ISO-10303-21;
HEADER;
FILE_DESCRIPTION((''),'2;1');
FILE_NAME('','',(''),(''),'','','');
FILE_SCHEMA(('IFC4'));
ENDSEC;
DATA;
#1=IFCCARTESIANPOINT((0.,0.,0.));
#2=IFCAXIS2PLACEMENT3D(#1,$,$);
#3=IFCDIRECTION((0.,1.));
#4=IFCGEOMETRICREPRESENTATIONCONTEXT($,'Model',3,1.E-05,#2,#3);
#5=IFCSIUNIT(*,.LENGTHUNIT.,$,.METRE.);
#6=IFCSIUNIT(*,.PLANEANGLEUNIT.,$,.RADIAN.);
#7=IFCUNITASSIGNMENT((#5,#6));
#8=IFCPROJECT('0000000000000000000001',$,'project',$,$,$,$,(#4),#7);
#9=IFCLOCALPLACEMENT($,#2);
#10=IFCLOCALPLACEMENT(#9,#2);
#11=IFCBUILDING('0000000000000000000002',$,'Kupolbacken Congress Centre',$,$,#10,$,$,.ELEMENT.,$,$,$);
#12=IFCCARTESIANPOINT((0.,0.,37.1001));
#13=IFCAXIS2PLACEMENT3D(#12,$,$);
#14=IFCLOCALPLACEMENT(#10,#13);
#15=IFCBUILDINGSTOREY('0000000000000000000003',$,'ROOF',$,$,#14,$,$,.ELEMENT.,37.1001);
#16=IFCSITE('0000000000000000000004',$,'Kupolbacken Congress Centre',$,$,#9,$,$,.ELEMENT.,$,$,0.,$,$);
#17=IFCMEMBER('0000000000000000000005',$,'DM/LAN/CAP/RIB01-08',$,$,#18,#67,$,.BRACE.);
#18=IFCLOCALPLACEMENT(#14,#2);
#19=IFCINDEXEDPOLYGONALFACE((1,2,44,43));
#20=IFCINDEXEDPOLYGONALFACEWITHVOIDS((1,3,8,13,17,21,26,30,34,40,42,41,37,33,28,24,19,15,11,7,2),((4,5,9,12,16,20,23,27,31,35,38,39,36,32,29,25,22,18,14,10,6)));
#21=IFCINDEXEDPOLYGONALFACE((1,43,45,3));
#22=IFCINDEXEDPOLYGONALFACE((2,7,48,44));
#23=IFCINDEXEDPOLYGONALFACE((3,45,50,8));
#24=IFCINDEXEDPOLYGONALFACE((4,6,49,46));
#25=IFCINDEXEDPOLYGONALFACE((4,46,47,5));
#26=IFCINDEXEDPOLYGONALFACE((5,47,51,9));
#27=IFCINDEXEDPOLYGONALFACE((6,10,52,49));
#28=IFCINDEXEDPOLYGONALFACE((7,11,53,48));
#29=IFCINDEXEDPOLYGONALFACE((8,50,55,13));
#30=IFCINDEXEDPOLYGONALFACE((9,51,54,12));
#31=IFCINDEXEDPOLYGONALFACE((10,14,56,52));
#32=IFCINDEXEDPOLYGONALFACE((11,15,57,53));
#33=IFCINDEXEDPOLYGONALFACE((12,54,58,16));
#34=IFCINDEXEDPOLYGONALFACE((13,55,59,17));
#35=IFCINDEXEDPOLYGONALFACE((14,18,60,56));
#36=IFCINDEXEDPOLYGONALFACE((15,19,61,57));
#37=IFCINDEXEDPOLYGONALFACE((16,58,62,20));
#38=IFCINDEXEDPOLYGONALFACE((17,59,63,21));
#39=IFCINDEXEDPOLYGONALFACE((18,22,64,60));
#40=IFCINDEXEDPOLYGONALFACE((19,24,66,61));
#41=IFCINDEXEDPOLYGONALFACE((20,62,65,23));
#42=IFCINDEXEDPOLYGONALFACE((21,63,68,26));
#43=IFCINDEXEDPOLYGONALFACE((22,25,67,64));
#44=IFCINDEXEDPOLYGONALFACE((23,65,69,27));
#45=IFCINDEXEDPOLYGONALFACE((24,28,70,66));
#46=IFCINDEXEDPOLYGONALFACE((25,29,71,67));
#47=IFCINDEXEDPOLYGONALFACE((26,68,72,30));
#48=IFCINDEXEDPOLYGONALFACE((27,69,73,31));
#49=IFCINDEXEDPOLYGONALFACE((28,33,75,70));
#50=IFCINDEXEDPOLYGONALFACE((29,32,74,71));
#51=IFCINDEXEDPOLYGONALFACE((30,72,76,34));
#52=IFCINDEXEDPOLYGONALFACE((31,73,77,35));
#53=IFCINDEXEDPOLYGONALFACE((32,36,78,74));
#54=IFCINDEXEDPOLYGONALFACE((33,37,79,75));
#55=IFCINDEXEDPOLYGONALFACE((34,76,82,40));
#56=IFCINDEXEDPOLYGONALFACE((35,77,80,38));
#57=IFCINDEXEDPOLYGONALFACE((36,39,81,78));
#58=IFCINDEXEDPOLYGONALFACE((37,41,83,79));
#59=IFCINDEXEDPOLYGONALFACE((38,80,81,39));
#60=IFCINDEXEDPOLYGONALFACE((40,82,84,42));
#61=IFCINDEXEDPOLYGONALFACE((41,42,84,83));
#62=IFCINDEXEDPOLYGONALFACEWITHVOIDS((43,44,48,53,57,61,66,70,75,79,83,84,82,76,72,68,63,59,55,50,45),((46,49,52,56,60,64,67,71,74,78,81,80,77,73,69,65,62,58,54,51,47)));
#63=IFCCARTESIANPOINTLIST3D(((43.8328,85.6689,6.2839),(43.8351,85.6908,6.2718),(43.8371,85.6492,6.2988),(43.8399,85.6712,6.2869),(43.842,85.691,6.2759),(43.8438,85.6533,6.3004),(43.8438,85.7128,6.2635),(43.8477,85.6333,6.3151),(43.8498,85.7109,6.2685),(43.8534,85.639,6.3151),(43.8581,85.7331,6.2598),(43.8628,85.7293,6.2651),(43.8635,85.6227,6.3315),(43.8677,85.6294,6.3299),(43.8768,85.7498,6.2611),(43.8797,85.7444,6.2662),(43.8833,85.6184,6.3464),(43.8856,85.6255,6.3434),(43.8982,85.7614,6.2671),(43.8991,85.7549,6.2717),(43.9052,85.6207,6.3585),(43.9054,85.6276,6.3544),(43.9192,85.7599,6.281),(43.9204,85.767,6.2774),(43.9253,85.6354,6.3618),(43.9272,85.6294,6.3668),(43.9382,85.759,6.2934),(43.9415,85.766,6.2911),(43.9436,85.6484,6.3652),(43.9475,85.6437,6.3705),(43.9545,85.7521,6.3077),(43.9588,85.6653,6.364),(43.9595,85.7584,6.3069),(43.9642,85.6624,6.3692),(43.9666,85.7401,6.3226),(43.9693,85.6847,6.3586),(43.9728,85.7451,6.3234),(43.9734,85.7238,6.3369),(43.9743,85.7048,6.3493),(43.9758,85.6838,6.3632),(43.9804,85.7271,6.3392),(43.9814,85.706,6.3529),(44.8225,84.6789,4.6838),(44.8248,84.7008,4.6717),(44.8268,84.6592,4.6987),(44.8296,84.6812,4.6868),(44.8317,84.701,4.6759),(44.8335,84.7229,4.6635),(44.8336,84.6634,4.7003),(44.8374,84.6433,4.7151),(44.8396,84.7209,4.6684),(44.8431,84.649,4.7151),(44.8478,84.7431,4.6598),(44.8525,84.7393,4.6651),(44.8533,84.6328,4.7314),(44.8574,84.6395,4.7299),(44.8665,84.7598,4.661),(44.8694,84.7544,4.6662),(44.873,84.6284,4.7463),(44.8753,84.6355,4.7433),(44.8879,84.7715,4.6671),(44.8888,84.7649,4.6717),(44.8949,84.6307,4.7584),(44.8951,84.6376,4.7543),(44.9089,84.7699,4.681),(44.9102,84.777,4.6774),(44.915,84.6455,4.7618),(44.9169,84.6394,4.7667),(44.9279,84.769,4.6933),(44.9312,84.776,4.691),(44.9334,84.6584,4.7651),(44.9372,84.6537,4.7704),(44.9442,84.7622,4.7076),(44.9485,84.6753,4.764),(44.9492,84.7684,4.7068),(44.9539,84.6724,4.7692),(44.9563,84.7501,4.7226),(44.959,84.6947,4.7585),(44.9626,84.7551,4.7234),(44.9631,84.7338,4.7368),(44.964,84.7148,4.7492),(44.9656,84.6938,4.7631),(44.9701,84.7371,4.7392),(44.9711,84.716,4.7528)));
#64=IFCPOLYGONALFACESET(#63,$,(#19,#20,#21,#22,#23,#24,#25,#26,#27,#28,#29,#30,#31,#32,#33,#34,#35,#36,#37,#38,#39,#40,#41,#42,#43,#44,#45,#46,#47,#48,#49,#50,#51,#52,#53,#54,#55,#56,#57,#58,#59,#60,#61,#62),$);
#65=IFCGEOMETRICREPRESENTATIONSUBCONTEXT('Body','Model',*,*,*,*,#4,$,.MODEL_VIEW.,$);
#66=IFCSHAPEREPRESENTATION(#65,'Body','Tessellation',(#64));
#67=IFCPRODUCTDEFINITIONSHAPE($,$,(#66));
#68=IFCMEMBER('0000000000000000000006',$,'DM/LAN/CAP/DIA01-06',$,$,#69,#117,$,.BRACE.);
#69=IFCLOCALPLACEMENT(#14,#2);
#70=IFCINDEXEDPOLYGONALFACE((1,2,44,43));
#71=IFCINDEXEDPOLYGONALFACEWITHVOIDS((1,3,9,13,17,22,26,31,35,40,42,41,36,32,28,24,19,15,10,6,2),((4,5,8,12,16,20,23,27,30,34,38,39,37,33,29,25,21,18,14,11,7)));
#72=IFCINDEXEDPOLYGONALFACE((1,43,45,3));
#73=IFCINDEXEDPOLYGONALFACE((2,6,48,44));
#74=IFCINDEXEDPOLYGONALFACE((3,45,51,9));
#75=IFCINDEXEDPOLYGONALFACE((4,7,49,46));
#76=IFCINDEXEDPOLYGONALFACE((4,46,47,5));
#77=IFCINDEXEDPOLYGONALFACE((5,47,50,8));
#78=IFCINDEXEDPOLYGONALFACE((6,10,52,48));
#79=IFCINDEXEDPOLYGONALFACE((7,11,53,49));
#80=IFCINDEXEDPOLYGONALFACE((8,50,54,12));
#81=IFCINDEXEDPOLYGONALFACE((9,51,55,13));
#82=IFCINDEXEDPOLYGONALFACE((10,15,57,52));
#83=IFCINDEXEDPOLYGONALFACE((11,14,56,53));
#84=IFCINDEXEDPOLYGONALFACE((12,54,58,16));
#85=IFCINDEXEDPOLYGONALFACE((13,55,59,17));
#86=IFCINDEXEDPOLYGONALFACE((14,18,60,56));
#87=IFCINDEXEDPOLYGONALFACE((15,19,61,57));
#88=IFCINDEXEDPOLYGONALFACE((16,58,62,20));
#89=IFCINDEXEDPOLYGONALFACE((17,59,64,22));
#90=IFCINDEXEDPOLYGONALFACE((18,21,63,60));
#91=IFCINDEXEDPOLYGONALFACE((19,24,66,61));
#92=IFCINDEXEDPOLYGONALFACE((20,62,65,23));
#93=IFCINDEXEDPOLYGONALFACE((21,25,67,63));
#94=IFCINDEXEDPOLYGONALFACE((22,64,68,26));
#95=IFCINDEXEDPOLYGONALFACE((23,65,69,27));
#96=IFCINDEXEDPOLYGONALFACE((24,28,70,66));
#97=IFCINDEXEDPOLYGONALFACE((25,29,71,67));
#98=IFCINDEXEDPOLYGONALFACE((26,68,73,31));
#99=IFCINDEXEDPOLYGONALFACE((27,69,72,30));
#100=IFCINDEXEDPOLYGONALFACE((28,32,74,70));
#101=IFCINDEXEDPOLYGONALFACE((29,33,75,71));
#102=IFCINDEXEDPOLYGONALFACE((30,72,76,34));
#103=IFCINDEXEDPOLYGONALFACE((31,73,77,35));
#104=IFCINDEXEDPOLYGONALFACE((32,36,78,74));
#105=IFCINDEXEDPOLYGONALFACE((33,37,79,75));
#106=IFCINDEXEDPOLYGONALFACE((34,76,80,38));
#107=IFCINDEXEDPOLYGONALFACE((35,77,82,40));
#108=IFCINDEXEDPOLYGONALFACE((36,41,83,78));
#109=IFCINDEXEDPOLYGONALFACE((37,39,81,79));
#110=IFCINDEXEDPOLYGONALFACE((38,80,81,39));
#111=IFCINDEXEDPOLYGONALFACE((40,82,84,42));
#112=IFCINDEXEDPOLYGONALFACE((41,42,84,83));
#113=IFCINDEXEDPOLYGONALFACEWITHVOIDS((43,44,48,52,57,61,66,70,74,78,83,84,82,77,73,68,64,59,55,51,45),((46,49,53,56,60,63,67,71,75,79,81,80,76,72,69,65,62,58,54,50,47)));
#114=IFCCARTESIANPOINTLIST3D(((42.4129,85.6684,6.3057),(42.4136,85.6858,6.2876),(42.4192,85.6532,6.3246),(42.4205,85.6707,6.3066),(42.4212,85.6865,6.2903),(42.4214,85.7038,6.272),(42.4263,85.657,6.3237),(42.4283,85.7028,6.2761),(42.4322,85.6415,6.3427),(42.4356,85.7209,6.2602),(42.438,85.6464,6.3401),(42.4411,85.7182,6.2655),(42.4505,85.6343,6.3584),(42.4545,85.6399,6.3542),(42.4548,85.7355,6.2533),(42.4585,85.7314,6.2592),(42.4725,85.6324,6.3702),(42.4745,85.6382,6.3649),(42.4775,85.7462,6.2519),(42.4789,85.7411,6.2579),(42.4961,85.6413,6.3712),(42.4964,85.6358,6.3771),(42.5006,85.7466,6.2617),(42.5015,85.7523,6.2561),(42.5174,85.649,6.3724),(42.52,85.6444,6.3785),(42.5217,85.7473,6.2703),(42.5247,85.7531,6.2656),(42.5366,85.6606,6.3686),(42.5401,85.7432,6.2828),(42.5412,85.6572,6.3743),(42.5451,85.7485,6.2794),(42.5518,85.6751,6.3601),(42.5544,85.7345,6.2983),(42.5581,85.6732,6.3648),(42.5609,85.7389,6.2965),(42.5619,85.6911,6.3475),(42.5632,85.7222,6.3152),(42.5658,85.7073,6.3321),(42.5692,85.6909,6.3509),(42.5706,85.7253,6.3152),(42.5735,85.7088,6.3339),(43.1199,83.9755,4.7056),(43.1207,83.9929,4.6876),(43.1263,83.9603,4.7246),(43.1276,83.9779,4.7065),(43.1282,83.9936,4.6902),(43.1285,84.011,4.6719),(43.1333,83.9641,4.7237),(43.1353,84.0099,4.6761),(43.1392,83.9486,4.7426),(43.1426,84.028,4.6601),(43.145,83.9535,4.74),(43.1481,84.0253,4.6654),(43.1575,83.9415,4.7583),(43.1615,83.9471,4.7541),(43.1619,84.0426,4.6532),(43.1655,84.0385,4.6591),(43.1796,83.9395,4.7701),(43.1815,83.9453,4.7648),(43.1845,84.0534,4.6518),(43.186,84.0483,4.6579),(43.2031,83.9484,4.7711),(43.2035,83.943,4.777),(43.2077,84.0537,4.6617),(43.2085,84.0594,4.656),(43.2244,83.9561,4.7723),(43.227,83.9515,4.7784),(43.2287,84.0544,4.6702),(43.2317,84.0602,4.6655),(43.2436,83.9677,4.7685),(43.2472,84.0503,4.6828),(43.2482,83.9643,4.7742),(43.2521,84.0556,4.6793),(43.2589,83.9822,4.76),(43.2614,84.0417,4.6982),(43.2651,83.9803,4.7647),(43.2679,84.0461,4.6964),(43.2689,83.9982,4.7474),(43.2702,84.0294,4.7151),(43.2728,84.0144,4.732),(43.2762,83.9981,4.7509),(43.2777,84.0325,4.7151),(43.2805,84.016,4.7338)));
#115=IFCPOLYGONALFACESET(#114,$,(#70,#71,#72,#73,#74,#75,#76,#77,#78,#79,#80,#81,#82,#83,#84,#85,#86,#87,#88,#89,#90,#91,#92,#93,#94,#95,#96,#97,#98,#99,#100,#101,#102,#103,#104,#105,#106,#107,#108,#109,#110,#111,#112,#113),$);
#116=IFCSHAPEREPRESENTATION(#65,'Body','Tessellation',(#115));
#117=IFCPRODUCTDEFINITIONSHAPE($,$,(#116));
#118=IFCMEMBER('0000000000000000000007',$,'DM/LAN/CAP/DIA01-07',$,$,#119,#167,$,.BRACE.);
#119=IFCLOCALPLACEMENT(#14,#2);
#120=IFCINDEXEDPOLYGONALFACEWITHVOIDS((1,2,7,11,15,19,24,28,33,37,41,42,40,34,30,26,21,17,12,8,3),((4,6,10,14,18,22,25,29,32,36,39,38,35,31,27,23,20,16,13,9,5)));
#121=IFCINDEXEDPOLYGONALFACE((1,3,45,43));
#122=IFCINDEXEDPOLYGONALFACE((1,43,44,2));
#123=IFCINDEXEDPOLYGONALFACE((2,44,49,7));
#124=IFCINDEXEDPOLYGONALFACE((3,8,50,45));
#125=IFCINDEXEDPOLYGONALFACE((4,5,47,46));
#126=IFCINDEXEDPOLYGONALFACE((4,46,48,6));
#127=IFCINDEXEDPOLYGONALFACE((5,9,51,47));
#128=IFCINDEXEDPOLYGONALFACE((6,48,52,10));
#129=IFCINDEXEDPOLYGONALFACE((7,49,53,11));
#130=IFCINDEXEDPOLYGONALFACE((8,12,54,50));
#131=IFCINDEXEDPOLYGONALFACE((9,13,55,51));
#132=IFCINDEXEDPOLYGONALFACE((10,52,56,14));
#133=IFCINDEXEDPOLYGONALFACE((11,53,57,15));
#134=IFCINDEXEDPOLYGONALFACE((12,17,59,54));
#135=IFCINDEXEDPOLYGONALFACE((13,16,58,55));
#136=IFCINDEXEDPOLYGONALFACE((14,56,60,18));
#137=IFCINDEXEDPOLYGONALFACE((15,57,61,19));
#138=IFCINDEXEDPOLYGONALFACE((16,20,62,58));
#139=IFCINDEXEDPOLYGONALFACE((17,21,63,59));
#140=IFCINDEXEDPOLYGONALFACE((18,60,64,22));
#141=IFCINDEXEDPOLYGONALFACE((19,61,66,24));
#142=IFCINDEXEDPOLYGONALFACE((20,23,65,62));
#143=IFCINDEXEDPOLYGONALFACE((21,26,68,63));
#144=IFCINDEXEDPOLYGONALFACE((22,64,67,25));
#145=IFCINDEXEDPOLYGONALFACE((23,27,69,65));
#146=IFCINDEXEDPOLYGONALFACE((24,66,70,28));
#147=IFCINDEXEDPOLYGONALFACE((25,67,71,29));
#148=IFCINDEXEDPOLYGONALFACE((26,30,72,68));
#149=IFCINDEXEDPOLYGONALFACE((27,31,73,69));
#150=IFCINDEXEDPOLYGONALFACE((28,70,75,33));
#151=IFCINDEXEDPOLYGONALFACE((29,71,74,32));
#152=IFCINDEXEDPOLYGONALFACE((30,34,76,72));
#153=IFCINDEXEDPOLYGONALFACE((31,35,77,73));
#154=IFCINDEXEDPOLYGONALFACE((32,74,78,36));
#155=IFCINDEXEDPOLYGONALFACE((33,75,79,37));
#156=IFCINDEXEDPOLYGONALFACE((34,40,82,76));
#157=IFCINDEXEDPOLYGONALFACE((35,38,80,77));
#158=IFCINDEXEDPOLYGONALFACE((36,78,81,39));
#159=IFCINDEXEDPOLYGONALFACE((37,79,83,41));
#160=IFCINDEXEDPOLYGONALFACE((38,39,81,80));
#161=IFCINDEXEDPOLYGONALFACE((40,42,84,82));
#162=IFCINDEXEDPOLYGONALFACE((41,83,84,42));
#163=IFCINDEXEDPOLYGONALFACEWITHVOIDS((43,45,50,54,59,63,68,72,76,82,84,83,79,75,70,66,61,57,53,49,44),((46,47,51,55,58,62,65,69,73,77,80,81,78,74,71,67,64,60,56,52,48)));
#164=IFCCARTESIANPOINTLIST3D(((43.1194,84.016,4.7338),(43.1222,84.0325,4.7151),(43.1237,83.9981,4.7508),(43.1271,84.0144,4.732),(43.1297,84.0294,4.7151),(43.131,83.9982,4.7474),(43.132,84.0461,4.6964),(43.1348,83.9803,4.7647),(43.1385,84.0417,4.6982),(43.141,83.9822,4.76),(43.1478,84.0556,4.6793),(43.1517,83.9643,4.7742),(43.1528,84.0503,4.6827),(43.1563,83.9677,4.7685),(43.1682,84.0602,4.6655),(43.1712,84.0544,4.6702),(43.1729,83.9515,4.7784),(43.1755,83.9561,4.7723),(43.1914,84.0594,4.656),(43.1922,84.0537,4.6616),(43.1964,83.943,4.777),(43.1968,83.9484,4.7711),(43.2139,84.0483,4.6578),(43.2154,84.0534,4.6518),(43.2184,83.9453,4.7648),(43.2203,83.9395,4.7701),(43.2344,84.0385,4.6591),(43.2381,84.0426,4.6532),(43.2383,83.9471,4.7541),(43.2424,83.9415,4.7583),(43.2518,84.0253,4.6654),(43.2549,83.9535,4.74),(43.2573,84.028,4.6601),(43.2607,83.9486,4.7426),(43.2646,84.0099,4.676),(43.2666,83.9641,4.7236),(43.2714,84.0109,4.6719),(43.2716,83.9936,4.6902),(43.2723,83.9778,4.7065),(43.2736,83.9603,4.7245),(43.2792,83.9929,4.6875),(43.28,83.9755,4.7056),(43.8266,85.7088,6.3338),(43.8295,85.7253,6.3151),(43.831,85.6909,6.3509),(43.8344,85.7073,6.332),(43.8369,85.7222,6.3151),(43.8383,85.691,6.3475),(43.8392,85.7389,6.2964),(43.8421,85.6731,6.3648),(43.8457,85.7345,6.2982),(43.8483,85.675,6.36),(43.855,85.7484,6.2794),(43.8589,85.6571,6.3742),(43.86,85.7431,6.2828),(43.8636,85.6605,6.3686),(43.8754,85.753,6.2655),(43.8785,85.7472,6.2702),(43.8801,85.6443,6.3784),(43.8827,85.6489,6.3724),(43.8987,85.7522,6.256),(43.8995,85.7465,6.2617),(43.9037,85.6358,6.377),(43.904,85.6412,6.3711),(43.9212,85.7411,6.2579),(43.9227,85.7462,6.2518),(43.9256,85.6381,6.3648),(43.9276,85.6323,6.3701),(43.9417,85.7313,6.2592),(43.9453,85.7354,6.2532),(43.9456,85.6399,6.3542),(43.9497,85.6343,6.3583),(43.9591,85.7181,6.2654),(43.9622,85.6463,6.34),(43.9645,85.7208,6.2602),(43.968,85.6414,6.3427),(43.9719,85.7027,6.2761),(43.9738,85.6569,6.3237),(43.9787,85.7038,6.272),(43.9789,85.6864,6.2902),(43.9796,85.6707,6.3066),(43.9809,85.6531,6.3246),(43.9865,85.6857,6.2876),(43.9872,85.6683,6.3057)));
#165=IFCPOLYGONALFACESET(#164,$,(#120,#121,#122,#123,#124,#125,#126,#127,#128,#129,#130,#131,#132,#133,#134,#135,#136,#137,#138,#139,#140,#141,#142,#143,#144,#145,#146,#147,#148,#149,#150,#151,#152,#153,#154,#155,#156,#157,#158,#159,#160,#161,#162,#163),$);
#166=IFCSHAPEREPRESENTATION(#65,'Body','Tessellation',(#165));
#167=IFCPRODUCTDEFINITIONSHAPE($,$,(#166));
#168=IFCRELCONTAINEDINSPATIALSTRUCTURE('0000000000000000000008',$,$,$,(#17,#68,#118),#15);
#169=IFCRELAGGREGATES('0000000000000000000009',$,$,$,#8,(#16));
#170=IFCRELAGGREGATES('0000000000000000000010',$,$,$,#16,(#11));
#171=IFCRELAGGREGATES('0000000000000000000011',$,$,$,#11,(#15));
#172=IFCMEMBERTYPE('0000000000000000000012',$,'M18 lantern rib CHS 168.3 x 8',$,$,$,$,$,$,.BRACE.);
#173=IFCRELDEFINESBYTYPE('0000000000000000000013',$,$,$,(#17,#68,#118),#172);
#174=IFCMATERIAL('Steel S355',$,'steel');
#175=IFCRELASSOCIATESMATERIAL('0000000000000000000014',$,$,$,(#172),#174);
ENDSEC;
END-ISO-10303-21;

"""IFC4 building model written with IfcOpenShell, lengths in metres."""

from ifc_helpers import new_model, si_unit, direction, frame, origin, origin_2d, place, context, subcontext, project, spatial, hollow_circle, extrude, material, material_profile, profile_set, type_object, element, save


model = new_model("IFC4")

# Units and contexts
model_context = context("Model", 3, precision=1e-05, world=origin(), true_north=direction((0.0, 1.0)))
body_context = subcontext(model_context, "Body", "Model", "MODEL_VIEW")
ifc_project = project(units=[si_unit("LENGTHUNIT", "METRE"), si_unit("PLANEANGLEUNIT", "RADIAN")], contexts=[model_context])

# Site, building, storey
site_placement = place(None, origin())
site = spatial("IfcSite", under=ifc_project, at=site_placement, Name="Kupolbacken Congress Centre", CompositionType="ELEMENT", RefElevation=0.0)
building_placement = place(site_placement, origin())
building = spatial("IfcBuilding", under=site, at=building_placement, Name="Kupolbacken Congress Centre", CompositionType="ELEMENT")
storey_placement = place(building_placement, frame((0.0, 0.0, 37.1001)))
storey = spatial("IfcBuildingStorey", under=building, at=storey_placement, Name="ROOF", CompositionType="ELEMENT", Elevation=37.1001)

# Members
ifc_material_1 = material(Name="Steel S355", Category="steel")
ifc_material_profile_1 = material_profile(ifc_material_1, hollow_circle(Radius=0.0842, WallThickness=0.0081, at=origin_2d()), Name="CHS 168.3 x 8")
ifc_profile_set_1 = profile_set([ifc_material_profile_1], Name="Steel S355")
member_type_1 = type_object("IfcMemberType", Name="M18 lantern rib CHS 168.3 x 8", PredefinedType="BRACE", material=ifc_profile_set_1)
for number, where, z_axis, x_axis, name in (
    (1, (44.897, 84.7029, 4.7151), (-0.465538, 0.465653, 0.752623), (-0.707194, -0.70702, 0.0), "DM/LAN/CAP/RIB01-08"),
):
    element("IfcMember", number, at=place(storey_placement, frame(where, z_axis=z_axis, x_axis=x_axis)), inside=storey, type_object=member_type_1, Name=name, PredefinedType="BRACE", context=body_context, shape_type="SweptSolid", body=[
        extrude(hollow_circle(Radius=0.0842, WallThickness=0.0081, at=origin_2d()), origin(), (0.0, 0.0, 1.0), 2.126),
    ])
for number, where, z_axis, x_axis, name in (
    (2, (42.4929, 85.6929, 6.3152), (0.29044, -0.695412, -0.657302), (0.922754, 0.38539, 0.0), "DM/LAN/CAP/DIA01-06"),
    (3, (43.2, 84.0, 4.7151), (0.290532, 0.695392, 0.657283), (-0.922706, 0.385503, 0.0), "DM/LAN/CAP/DIA01-07"),
):
    element("IfcMember", number, at=place(storey_placement, frame(where, z_axis=z_axis, x_axis=x_axis)), inside=storey, type_object=member_type_1, Name=name, PredefinedType="BRACE", context=body_context, shape_type="SweptSolid", body=[
        extrude(hollow_circle(Radius=0.0842, WallThickness=0.0081, at=origin_2d()), origin(), (0.0, 0.0, 1.0), 2.4343),
    ])

save(model, "model.ifc")
